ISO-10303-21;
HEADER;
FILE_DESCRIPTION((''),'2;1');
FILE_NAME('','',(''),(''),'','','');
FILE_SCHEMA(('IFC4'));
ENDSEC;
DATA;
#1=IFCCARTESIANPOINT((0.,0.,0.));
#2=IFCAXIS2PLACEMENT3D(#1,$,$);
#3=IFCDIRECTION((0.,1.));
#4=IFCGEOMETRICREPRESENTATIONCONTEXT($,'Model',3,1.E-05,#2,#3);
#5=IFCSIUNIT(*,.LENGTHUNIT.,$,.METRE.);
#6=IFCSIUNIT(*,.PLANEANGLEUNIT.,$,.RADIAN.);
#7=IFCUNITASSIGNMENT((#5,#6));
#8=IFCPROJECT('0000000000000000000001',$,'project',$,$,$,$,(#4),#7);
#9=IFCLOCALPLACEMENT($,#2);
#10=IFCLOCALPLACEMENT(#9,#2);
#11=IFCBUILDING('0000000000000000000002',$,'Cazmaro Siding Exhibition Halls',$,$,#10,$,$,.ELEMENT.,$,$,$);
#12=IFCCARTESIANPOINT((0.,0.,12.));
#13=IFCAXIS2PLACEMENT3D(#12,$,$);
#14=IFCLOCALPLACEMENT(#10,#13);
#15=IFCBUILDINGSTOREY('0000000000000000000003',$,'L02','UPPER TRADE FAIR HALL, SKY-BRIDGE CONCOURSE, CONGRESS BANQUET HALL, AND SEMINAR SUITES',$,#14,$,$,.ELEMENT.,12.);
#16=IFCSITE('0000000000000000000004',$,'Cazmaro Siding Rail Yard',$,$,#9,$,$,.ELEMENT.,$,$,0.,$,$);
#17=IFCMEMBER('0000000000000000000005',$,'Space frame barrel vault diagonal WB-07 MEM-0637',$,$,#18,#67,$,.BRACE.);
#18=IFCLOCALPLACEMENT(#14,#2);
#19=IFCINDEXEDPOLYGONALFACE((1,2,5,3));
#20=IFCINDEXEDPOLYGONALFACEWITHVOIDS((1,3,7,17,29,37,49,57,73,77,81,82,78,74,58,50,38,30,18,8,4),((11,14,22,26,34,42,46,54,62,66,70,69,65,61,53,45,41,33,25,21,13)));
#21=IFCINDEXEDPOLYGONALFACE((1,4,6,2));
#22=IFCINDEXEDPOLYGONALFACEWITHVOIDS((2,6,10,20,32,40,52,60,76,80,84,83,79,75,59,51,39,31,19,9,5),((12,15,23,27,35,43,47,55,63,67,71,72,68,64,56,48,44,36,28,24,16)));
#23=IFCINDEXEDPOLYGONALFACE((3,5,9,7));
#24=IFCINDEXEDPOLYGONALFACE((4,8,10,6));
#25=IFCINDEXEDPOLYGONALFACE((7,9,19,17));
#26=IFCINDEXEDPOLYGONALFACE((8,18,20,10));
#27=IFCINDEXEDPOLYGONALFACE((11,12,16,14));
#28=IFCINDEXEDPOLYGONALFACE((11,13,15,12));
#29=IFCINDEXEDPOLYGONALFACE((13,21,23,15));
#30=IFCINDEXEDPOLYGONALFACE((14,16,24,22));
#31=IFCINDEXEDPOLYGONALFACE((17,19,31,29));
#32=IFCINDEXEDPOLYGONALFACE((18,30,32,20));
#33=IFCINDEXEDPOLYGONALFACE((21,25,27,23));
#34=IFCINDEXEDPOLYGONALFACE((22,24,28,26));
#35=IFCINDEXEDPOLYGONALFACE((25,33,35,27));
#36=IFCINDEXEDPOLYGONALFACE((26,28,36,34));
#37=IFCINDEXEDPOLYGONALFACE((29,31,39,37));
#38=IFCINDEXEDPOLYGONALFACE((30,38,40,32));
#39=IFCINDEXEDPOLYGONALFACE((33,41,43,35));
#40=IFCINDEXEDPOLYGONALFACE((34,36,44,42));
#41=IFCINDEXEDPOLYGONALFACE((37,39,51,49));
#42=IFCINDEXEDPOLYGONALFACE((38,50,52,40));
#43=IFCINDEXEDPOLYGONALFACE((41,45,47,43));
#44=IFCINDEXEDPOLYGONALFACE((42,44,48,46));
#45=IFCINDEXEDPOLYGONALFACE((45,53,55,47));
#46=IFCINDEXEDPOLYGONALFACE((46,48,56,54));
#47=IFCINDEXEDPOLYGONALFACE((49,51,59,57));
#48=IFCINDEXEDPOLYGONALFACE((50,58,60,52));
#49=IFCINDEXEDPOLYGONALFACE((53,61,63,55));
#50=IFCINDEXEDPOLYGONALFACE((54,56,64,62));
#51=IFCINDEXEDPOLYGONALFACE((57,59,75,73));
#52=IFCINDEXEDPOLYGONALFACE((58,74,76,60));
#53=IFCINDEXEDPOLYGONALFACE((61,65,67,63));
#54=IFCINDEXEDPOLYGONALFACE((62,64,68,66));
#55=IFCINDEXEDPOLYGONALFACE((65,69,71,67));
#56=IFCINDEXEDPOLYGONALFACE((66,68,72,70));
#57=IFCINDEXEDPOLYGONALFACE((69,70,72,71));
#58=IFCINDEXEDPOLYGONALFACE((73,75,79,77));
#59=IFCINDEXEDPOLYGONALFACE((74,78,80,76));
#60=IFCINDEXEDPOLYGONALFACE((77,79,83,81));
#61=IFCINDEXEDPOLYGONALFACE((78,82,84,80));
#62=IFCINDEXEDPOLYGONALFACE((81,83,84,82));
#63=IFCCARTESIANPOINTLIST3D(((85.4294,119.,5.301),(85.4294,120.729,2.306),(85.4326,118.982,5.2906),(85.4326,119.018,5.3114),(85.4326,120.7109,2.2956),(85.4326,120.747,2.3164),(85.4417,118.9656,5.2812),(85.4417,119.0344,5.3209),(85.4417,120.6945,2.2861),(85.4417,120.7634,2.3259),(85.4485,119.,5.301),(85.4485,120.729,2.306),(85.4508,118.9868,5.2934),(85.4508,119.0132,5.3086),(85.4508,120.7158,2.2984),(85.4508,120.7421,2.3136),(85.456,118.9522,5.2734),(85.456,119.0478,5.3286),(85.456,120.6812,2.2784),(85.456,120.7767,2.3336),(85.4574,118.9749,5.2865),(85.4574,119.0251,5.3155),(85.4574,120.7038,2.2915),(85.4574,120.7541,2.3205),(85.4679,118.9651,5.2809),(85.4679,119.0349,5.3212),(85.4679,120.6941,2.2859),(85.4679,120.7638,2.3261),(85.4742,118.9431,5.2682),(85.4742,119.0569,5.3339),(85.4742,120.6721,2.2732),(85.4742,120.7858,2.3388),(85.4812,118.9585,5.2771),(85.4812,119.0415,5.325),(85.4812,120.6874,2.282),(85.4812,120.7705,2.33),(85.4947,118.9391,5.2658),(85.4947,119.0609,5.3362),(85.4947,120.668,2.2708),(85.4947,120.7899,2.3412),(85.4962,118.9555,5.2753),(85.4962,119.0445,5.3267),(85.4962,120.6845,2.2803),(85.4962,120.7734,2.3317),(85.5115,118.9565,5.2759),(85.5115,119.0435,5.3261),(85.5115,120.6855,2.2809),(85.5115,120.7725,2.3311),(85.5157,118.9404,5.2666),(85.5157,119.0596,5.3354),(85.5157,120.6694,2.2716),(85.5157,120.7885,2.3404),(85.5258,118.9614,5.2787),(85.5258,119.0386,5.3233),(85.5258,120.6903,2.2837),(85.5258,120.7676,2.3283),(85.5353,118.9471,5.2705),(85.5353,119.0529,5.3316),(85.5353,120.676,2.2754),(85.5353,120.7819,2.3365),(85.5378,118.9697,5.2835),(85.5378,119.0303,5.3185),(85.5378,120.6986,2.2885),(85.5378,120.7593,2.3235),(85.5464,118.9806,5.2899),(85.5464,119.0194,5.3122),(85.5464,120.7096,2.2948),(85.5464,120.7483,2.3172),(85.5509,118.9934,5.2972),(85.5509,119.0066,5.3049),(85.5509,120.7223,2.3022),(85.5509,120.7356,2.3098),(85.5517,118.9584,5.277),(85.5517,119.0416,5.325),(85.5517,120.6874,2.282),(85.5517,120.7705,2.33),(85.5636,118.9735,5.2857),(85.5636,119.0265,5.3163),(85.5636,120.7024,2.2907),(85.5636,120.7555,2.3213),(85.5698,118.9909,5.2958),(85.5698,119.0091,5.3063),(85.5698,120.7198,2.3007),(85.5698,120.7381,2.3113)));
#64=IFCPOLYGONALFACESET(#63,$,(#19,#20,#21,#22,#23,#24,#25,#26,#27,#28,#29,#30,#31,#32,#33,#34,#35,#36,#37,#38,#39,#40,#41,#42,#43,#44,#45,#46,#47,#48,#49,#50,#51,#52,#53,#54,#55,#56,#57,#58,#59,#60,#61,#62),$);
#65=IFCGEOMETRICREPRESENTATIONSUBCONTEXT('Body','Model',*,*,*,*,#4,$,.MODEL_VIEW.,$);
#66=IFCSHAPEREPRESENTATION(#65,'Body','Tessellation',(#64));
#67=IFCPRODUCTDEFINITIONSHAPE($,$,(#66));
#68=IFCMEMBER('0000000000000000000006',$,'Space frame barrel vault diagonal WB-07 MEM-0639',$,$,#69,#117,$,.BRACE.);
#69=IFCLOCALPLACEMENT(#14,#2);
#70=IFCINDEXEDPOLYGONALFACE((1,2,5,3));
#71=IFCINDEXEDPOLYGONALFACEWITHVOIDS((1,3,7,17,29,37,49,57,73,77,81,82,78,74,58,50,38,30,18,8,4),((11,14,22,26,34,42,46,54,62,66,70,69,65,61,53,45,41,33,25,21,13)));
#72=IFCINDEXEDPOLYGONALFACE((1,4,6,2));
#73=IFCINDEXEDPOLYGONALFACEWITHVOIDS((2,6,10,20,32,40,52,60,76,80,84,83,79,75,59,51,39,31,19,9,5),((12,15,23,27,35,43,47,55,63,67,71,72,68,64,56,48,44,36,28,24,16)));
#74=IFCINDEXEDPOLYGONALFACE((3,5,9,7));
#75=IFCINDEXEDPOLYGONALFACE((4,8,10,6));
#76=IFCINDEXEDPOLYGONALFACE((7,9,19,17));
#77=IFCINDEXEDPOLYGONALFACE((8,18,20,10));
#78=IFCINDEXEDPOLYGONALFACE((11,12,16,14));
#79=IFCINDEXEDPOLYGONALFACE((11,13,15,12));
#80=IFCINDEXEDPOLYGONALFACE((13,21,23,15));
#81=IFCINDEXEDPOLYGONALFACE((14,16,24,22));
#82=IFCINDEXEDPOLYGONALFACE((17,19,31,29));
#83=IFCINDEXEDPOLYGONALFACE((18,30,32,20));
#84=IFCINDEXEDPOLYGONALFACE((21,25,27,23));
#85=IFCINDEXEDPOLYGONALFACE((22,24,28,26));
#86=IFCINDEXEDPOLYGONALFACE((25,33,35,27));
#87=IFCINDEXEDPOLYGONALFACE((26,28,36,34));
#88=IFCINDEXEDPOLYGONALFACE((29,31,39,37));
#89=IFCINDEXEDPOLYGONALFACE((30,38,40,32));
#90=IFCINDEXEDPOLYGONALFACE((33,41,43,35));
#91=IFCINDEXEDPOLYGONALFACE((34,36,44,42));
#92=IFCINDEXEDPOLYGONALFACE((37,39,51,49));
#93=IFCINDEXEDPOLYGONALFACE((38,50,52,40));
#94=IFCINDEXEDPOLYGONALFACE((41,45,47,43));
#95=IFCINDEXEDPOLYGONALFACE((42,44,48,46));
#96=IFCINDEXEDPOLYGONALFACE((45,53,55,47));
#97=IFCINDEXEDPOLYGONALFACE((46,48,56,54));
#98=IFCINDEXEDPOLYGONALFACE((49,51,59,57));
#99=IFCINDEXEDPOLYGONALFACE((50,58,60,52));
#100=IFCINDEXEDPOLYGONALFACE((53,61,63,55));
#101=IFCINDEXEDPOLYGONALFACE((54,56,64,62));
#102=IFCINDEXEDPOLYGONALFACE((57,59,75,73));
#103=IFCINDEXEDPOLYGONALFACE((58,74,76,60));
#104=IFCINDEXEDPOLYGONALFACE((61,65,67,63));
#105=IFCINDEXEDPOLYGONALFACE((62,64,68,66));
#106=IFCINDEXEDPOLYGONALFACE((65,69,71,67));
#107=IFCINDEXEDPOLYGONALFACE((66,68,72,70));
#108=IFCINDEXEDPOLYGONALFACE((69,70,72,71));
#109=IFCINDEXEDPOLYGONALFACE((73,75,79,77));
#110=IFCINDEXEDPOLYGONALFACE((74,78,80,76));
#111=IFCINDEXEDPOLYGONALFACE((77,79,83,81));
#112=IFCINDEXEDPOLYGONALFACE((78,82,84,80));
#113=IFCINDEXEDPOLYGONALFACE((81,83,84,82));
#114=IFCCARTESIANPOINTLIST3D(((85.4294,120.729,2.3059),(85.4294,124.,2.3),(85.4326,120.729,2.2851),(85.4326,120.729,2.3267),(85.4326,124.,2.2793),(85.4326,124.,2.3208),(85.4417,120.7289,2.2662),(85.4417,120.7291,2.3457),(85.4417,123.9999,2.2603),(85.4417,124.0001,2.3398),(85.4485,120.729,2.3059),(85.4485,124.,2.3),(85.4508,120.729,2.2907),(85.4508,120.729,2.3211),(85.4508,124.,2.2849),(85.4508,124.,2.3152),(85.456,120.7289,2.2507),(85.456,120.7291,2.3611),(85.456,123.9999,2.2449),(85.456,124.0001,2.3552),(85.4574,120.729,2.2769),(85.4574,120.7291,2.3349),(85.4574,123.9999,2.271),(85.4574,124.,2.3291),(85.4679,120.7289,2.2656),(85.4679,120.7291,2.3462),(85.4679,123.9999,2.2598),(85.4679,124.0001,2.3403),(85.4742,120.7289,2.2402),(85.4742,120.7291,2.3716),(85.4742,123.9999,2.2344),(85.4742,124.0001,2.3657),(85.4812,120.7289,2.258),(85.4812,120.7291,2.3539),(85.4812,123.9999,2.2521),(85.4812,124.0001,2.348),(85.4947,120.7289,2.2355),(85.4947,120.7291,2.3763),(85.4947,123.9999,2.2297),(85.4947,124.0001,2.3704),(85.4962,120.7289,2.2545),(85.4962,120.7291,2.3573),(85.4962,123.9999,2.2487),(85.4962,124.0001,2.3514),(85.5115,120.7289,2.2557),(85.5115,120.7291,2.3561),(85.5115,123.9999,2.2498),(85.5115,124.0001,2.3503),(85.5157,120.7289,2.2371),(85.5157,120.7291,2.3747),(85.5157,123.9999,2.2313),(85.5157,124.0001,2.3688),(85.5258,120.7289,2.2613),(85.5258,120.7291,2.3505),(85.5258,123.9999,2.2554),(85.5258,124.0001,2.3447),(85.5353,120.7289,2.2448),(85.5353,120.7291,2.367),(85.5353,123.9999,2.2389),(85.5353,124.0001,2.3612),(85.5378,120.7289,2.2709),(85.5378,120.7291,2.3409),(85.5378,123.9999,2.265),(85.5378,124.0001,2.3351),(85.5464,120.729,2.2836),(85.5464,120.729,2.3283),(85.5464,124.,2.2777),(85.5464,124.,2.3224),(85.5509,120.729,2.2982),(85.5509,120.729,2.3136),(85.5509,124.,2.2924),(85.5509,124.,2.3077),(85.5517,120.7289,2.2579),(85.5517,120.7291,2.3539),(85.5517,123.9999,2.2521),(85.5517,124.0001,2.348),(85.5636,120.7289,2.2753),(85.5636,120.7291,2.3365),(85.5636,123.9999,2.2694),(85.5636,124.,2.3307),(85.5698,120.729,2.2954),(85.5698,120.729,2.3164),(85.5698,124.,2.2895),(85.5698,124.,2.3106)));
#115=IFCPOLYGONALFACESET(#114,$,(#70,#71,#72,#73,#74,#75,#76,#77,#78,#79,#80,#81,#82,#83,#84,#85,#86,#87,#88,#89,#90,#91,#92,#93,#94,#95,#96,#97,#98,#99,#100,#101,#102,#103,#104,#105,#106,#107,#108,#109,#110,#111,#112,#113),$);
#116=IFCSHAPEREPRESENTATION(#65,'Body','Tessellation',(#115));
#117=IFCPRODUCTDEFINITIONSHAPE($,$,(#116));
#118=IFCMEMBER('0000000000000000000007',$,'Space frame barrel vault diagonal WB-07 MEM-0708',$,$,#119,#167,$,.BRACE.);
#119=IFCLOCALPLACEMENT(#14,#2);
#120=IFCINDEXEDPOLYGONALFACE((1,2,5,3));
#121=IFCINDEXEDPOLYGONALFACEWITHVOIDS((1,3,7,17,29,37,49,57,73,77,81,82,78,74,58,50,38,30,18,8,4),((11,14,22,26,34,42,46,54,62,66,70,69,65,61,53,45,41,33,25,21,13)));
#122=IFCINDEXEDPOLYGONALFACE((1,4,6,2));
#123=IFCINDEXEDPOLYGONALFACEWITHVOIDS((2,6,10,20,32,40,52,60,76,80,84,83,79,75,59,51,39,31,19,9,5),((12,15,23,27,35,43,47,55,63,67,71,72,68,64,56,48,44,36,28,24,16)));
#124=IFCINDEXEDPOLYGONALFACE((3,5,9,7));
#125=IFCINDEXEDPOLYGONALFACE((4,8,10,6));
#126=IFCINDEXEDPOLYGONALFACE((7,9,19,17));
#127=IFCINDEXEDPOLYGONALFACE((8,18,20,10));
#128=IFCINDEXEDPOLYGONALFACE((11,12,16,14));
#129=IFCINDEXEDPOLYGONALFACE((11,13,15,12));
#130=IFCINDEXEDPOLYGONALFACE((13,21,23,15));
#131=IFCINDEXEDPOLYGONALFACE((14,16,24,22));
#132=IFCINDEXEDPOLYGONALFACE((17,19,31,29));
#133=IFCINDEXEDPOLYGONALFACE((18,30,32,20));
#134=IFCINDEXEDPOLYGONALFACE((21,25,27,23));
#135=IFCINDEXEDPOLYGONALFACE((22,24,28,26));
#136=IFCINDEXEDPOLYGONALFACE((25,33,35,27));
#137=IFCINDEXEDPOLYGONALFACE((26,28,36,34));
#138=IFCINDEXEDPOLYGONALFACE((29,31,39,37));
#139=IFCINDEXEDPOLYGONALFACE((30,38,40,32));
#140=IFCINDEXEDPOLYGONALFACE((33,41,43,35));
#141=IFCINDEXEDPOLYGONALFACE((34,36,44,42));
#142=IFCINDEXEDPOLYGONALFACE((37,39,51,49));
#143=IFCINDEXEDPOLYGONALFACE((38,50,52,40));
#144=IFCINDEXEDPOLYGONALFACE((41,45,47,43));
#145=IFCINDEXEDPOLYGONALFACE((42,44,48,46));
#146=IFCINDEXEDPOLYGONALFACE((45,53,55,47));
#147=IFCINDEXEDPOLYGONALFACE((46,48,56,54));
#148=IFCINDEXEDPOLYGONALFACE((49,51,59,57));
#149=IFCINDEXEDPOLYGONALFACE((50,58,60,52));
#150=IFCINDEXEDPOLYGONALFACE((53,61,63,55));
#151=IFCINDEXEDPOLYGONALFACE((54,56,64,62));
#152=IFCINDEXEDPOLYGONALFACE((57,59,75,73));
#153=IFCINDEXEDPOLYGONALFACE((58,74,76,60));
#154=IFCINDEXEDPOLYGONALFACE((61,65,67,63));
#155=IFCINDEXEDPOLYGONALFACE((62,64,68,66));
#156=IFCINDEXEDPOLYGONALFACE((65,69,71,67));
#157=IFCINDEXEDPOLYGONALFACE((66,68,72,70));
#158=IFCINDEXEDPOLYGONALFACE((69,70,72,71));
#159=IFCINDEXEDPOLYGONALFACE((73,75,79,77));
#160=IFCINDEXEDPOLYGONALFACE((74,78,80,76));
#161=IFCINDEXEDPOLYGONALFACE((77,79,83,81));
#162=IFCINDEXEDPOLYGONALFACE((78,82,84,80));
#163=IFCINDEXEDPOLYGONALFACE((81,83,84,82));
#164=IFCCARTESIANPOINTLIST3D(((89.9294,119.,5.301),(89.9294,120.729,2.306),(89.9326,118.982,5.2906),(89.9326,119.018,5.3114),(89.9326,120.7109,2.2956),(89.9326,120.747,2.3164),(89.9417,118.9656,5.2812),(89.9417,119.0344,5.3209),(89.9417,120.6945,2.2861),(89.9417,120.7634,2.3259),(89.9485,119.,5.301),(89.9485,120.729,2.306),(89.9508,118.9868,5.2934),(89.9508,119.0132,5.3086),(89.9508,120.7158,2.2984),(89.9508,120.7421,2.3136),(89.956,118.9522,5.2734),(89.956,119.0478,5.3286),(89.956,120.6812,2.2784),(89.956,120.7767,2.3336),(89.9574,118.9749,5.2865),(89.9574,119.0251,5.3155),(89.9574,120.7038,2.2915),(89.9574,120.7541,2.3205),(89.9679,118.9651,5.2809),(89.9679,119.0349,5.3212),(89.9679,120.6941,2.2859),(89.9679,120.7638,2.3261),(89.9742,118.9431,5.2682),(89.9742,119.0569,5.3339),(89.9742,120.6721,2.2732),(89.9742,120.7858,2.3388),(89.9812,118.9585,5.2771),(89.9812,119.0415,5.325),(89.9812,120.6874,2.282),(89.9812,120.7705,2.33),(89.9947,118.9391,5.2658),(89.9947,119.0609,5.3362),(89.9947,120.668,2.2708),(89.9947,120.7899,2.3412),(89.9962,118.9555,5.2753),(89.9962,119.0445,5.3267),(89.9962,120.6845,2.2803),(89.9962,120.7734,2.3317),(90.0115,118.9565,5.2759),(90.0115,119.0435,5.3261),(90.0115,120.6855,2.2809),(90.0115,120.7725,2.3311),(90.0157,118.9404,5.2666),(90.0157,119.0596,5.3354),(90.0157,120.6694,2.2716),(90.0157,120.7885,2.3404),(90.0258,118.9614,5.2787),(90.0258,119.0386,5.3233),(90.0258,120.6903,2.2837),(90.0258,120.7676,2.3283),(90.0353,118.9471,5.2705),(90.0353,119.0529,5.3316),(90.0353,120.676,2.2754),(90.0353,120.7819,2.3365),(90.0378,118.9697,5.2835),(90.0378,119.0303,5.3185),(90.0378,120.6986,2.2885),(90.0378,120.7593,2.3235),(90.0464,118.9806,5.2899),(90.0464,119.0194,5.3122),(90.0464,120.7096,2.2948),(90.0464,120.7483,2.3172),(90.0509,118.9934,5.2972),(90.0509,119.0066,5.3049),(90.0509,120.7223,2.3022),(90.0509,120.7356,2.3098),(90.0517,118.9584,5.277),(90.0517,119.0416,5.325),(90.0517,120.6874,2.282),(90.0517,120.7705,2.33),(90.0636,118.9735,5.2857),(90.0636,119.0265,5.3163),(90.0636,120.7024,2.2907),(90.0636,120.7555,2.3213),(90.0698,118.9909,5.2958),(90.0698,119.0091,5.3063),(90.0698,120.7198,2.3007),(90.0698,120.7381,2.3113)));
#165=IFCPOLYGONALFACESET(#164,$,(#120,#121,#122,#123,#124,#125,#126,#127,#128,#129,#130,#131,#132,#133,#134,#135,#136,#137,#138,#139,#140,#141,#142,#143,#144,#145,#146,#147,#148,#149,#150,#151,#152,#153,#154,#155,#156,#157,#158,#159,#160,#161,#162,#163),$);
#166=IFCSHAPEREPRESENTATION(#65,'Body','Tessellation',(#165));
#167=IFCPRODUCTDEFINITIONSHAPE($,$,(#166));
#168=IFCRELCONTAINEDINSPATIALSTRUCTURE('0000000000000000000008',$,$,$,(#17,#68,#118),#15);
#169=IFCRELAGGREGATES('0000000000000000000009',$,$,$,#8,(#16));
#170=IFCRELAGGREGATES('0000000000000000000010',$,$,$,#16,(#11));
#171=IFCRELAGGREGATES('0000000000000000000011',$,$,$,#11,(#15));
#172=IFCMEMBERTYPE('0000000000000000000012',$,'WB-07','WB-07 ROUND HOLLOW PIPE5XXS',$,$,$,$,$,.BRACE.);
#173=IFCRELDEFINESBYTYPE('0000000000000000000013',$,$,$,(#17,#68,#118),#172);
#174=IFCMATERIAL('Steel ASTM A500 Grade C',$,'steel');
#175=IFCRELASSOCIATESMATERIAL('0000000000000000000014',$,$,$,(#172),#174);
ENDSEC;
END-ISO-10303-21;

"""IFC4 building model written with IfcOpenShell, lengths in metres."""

from ifc_helpers import new_model, si_unit, direction, frame, origin, origin_2d, place, context, subcontext, project, spatial, hollow_circle, extrude, material, material_profile, profile_set, type_object, element, save


model = new_model("IFC4")

# Units and contexts
model_context = context("Model", 3, precision=1e-05, world=origin(), true_north=direction((0.0, 1.0)))
body_context = subcontext(model_context, "Body", "Model", "MODEL_VIEW")
ifc_project = project(units=[si_unit("LENGTHUNIT", "METRE"), si_unit("PLANEANGLEUNIT", "RADIAN")], contexts=[model_context])

# Site, building, storey
site_placement = place(None, origin())
site = spatial("IfcSite", under=ifc_project, at=site_placement, Name="Cazmaro Siding Rail Yard", CompositionType="ELEMENT", RefElevation=0.0)
building_placement = place(site_placement, origin())
building = spatial("IfcBuilding", under=site, at=building_placement, Name="Cazmaro Siding Exhibition Halls", CompositionType="ELEMENT")
storey_placement = place(building_placement, frame((0.0, 0.0, 12.0)))
storey = spatial("IfcBuildingStorey", under=building, at=storey_placement, Name="L02", Description="UPPER TRADE FAIR HALL, SKY-BRIDGE CONCOURSE, CONGRESS BANQUET HALL, AND SEMINAR SUITES", CompositionType="ELEMENT", Elevation=12.0)

# Members
ifc_material_1 = material(Name="Steel ASTM A500 Grade C", Category="steel")
ifc_material_profile_1 = material_profile(ifc_material_1, hollow_circle(Radius=0.0706, WallThickness=0.019, at=origin_2d()), Name="PIPE5XXS")
ifc_profile_set_1 = profile_set([ifc_material_profile_1], Name="Steel ASTM A500 Grade C")
member_type_1 = type_object("IfcMemberType", Name="WB-07", Description="WB-07 ROUND HOLLOW PIPE5XXS", PredefinedType="BRACE", material=ifc_profile_set_1)
member_1_placement = place(storey_placement, frame((85.5, 119.0, 5.301), z_axis=(0.0, 0.499951, -0.866054), x_axis=(-1.0, 0.0, 0.0)))
element("IfcMember", 1, at=member_1_placement, inside=storey, type_object=member_type_1, Name="Space frame barrel vault diagonal WB-07 MEM-0637", PredefinedType="BRACE", context=body_context, shape_type="SweptSolid", body=[
    extrude(hollow_circle(Radius=0.0706, WallThickness=0.019, at=origin_2d()), origin(), (0.0, 0.0, 1.0), 3.4583),
])
member_2_placement = place(storey_placement, frame((85.5, 120.729, 2.3059), z_axis=(0.0, 0.999998, -0.001791), x_axis=(-1.0, 0.0, 0.0)))
element("IfcMember", 2, at=member_2_placement, inside=storey, type_object=member_type_1, Name="Space frame barrel vault diagonal WB-07 MEM-0639", PredefinedType="BRACE", context=body_context, shape_type="SweptSolid", body=[
    extrude(hollow_circle(Radius=0.0706, WallThickness=0.019, at=origin_2d()), origin(), (0.0, 0.0, 1.0), 3.271),
])
member_3_placement = place(storey_placement, frame((90.0, 119.0, 5.301), z_axis=(0.0, 0.499951, -0.866054), x_axis=(-1.0, 0.0, 0.0)))
element("IfcMember", 3, at=member_3_placement, inside=storey, type_object=member_type_1, Name="Space frame barrel vault diagonal WB-07 MEM-0708", PredefinedType="BRACE", context=body_context, shape_type="SweptSolid", body=[
    extrude(hollow_circle(Radius=0.0706, WallThickness=0.019, at=origin_2d()), origin(), (0.0, 0.0, 1.0), 3.4583),
])

save(model, "model.ifc")
